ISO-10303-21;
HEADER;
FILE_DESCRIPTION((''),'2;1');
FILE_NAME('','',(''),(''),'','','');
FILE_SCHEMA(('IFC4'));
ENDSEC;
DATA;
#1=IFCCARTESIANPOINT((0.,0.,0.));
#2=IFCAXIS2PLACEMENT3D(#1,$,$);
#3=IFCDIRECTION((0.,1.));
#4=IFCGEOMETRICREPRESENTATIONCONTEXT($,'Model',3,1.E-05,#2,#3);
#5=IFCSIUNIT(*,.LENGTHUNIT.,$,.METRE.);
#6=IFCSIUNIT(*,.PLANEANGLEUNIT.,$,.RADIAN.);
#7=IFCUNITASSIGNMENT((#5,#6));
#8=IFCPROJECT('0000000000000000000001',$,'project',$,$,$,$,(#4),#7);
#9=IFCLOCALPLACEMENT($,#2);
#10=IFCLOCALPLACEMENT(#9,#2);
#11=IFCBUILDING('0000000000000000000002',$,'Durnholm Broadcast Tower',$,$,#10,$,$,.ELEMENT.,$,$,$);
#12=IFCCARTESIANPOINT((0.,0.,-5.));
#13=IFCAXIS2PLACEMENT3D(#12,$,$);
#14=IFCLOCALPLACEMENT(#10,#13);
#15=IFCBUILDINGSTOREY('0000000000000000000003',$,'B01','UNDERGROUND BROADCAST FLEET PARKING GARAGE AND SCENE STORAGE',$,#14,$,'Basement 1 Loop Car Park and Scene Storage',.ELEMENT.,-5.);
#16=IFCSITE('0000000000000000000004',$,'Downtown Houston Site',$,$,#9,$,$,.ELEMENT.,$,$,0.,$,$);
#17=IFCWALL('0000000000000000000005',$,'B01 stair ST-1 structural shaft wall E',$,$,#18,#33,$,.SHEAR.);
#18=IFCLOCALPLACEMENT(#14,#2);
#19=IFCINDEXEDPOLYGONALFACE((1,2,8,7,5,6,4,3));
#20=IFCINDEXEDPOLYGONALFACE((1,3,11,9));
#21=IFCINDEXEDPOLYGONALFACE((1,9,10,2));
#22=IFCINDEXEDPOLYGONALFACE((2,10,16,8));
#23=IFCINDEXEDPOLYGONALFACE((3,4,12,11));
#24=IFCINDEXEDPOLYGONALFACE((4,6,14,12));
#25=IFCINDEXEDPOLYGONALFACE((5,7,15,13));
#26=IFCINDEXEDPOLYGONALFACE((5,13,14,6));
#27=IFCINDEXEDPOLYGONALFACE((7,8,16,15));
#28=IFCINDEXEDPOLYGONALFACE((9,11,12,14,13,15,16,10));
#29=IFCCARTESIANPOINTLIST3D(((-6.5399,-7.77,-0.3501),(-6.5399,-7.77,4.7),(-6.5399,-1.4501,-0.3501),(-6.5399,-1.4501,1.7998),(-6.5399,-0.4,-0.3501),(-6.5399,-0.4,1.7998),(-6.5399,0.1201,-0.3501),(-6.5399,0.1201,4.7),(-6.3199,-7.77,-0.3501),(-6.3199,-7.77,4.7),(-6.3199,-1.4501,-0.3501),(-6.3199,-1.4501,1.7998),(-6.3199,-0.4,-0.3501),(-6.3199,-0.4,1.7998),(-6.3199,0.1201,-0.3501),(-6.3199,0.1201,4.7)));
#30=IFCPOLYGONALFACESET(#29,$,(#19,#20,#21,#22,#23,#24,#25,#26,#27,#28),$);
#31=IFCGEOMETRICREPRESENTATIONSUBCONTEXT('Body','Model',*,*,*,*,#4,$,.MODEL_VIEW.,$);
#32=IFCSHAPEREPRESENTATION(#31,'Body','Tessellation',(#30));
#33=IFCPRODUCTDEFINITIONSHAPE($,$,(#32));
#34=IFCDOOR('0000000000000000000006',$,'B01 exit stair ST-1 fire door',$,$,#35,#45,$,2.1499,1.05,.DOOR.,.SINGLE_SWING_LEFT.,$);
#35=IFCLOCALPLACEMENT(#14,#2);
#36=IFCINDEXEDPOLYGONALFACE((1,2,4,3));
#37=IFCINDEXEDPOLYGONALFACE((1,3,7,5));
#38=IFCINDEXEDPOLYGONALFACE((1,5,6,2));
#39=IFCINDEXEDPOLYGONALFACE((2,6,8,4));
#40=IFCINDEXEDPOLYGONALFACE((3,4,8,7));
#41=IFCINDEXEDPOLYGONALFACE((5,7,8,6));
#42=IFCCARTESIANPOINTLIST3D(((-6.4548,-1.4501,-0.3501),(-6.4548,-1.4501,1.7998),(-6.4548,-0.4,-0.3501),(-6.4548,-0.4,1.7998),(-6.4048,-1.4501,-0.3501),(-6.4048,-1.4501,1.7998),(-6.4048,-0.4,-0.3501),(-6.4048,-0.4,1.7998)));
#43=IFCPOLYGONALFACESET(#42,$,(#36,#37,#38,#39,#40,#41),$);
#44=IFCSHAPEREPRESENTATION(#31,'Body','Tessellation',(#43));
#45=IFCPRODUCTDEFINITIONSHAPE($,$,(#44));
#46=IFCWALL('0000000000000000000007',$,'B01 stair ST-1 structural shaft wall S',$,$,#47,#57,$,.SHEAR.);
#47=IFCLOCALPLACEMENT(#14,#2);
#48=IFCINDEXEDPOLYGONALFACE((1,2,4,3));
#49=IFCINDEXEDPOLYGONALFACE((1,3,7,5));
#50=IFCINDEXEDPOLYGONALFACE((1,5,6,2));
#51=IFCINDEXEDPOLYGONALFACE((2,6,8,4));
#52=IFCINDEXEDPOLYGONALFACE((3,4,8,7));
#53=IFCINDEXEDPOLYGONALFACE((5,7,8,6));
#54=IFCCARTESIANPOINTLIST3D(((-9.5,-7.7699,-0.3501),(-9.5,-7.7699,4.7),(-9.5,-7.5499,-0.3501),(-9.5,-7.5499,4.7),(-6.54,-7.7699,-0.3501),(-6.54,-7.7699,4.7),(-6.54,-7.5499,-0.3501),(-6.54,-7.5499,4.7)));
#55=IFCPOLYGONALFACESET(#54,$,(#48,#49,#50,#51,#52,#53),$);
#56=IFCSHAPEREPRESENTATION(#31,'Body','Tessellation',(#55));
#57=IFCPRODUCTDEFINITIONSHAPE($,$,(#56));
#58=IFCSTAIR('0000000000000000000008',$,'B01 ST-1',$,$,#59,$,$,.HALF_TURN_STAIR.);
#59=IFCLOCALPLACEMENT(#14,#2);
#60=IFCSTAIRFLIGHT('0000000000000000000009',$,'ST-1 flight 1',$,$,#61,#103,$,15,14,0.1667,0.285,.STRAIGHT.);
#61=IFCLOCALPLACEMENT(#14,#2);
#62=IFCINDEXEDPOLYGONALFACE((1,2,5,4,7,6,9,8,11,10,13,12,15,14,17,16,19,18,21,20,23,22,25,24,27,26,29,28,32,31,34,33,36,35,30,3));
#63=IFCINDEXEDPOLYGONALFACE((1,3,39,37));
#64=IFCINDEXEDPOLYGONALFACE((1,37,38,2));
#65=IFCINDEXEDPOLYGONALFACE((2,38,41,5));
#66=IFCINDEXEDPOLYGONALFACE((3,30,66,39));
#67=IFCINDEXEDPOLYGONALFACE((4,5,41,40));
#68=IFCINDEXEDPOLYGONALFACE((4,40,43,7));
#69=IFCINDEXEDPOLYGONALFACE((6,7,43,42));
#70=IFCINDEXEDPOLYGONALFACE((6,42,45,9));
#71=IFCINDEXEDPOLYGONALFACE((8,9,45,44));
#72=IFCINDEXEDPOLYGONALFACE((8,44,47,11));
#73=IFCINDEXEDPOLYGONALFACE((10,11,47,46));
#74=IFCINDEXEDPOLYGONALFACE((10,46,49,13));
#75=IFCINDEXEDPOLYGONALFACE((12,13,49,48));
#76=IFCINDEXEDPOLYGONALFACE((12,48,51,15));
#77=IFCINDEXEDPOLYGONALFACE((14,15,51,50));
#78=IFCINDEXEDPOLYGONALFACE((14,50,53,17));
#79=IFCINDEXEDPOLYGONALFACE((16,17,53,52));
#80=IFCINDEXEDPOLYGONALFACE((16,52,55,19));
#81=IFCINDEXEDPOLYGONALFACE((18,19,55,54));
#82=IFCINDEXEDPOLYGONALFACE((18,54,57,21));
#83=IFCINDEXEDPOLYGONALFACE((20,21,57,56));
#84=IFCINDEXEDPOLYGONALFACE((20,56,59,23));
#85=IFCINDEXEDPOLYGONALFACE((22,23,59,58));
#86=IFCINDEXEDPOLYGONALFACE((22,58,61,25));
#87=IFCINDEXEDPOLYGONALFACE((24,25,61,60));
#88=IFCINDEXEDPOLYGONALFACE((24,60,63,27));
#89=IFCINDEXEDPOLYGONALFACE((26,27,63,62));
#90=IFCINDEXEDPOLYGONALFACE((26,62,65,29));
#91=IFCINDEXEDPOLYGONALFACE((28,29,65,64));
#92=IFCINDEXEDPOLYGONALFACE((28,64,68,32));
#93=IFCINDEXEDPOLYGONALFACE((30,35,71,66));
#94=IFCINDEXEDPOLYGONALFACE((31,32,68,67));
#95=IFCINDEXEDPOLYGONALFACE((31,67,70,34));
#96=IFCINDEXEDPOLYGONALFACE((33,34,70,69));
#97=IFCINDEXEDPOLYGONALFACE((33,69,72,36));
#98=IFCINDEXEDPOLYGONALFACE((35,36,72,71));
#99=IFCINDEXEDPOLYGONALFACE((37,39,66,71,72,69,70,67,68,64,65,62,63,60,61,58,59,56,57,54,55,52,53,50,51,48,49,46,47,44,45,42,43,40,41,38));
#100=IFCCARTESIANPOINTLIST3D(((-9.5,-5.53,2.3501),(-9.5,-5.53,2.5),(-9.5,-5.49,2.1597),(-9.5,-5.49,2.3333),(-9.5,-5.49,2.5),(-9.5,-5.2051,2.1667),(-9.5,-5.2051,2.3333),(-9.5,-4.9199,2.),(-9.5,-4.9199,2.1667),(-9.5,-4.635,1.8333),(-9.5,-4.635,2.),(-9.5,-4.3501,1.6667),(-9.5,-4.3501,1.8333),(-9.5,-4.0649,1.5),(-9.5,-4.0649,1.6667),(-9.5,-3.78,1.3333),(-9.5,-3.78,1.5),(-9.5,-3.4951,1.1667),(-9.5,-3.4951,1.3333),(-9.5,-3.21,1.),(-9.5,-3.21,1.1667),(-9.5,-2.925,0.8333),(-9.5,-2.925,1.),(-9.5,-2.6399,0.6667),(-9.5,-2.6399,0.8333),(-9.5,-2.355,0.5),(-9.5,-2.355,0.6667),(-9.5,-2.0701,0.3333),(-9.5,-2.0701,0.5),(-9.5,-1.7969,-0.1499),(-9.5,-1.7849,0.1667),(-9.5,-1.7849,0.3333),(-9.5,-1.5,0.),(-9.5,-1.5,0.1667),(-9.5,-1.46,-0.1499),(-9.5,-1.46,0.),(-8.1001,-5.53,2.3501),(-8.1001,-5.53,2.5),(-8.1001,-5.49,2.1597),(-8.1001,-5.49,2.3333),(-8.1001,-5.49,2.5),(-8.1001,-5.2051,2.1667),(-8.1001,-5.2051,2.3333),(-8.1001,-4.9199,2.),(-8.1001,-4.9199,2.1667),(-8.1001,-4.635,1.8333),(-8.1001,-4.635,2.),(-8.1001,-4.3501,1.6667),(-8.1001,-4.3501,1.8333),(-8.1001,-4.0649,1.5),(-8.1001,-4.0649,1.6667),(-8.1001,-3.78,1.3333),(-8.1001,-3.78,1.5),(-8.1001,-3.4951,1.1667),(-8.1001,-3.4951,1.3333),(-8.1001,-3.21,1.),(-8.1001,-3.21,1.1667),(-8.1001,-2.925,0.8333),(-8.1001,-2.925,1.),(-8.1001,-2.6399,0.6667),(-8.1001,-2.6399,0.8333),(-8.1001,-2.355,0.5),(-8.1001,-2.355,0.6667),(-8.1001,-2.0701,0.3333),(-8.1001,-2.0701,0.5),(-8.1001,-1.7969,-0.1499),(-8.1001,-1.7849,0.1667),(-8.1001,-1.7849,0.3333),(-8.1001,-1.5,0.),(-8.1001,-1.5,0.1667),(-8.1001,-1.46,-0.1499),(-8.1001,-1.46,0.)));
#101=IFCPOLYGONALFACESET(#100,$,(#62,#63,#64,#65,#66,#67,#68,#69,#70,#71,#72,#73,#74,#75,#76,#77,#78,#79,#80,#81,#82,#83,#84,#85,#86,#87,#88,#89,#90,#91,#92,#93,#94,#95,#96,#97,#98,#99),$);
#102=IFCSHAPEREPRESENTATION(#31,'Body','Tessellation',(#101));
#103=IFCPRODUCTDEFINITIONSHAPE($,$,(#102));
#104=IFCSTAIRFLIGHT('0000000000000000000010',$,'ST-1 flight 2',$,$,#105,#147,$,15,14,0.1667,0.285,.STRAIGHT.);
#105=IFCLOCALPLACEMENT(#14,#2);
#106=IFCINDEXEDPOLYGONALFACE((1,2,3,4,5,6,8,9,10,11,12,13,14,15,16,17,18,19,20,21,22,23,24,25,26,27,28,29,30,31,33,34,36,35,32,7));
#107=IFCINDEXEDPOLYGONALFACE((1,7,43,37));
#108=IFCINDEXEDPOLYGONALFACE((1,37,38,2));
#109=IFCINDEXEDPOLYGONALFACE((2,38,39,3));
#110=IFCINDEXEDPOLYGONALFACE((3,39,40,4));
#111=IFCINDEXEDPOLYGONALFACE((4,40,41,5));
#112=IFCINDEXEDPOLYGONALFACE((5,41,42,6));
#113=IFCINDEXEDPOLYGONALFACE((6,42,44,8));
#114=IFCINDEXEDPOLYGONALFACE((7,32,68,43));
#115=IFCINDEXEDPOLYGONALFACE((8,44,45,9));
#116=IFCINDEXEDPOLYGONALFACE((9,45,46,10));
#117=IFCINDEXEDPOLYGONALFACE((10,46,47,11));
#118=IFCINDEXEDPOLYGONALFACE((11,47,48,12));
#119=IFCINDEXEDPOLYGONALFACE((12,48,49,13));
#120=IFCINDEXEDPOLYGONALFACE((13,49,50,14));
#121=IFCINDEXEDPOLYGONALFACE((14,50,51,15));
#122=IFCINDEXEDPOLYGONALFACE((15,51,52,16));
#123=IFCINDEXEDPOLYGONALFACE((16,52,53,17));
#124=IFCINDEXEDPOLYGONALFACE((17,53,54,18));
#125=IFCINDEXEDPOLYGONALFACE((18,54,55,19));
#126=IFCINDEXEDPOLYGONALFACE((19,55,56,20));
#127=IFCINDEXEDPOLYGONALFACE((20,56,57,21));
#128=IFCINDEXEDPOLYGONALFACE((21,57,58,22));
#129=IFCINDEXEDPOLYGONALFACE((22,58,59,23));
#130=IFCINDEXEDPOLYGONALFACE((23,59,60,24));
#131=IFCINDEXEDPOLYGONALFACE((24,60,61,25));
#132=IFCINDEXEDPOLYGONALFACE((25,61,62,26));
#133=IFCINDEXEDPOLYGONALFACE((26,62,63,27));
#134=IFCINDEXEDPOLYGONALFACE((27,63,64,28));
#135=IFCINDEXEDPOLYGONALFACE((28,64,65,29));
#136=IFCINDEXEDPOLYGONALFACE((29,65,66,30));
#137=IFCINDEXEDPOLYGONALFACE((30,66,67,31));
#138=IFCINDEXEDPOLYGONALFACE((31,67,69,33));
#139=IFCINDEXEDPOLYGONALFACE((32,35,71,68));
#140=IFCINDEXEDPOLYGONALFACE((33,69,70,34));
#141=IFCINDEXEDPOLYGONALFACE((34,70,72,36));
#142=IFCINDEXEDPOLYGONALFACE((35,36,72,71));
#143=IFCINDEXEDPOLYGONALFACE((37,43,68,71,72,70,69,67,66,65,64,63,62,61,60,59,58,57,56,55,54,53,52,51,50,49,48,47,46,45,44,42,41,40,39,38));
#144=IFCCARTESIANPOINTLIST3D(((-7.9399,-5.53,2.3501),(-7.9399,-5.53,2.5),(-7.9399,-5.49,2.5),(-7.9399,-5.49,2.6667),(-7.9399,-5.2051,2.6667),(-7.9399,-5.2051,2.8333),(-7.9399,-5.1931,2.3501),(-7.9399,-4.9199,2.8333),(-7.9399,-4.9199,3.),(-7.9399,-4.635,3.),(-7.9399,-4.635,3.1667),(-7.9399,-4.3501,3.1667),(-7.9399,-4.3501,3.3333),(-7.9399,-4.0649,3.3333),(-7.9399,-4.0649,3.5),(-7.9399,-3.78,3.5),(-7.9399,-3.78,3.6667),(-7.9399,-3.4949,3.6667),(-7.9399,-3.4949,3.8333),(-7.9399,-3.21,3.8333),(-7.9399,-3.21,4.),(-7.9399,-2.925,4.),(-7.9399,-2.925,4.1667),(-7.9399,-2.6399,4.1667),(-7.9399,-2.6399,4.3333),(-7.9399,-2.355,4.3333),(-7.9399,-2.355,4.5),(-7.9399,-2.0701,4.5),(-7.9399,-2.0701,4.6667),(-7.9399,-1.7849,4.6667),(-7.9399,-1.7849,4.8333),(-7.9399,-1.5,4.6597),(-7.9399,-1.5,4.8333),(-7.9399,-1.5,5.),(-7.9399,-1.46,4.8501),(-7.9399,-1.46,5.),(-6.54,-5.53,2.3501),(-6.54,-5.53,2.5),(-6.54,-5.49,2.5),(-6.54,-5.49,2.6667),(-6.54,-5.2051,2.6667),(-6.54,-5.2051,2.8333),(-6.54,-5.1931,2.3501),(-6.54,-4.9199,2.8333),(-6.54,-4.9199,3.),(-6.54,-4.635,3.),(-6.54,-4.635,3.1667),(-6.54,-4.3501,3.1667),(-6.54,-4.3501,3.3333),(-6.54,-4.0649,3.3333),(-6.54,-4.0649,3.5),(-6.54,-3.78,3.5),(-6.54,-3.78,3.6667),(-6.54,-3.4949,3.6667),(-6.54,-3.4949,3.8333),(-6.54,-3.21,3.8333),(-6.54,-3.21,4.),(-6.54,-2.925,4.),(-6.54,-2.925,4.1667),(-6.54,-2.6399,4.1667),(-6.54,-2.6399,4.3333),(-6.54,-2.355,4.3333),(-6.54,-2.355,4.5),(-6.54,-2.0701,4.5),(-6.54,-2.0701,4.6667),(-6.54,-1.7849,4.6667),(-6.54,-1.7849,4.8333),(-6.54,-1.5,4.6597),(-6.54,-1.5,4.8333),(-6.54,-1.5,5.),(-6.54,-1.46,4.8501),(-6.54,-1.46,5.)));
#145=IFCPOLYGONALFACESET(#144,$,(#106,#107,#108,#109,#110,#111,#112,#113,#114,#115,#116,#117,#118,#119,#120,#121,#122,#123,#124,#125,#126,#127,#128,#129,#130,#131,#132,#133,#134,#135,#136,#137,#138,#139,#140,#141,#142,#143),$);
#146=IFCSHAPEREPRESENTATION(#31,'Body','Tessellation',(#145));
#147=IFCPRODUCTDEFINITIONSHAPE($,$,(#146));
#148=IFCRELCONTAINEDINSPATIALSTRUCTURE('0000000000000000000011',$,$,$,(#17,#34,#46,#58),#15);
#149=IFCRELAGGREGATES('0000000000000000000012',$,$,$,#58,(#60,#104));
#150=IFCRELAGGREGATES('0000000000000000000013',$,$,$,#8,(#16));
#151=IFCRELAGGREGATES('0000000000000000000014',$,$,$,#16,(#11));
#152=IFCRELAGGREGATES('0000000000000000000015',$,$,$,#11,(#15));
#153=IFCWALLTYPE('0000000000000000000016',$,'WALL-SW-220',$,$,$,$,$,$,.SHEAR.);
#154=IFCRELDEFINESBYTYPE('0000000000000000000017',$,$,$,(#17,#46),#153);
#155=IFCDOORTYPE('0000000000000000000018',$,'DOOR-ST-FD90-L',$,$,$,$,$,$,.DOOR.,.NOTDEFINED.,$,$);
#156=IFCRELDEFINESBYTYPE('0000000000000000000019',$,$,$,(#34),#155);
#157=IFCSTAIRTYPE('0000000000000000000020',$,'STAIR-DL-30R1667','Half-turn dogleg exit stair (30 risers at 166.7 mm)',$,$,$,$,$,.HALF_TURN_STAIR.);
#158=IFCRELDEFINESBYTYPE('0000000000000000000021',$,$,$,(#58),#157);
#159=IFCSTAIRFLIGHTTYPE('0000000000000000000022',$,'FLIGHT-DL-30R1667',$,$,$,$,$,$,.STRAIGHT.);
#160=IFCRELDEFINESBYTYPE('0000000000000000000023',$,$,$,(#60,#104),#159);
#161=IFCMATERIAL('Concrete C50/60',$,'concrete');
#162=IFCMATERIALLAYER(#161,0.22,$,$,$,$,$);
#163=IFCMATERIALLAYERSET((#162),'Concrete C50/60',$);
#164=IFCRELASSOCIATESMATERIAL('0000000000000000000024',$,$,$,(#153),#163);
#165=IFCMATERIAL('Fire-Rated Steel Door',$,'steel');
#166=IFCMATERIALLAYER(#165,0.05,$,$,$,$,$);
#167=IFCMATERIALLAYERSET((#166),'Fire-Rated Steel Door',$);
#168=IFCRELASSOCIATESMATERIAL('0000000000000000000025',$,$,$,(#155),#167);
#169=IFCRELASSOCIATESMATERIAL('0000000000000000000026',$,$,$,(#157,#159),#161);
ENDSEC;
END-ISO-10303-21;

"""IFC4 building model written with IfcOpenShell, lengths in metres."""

from ifc_helpers import new_model, si_unit, direction, frame, frame_2d, origin, place, context, subcontext, project, spatial, polyline, rectangle, outline, extrude, source, transform, mapped, material, layer, layer_set, type_object, type_shapes, element, fill, aggregate, save


model = new_model("IFC4")

# Units and contexts
model_context = context("Model", 3, precision=1e-05, world=origin(), true_north=direction((0.0, 1.0)))
body_context = subcontext(model_context, "Body", "Model", "MODEL_VIEW")
ifc_project = project(units=[si_unit("LENGTHUNIT", "METRE"), si_unit("PLANEANGLEUNIT", "RADIAN")], contexts=[model_context])

# Site, building, storey
site_placement = place(None, origin())
site = spatial("IfcSite", under=ifc_project, at=site_placement, Name="Downtown Houston Site", CompositionType="ELEMENT", RefElevation=0.0)
building_placement = place(site_placement, origin())
building = spatial("IfcBuilding", under=site, at=building_placement, Name="Durnholm Broadcast Tower", CompositionType="ELEMENT")
storey_placement = place(building_placement, frame((0.0, 0.0, -5.0)))
storey = spatial("IfcBuildingStorey", under=building, at=storey_placement, Name="B01", Description="UNDERGROUND BROADCAST FLEET PARKING GARAGE AND SCENE STORAGE", LongName="Basement 1 Loop Car Park and Scene Storage", CompositionType="ELEMENT", Elevation=-5.0)

# Wall, opening, door
ifc_material_1 = material(Name="Concrete C50/60", Category="concrete")
ifc_layer_1 = layer(ifc_material_1, 0.22)
ifc_layer_set_1 = layer_set([ifc_layer_1], Name="Concrete C50/60")
wall_type_1 = type_object("IfcWallType", Name="WALL-SW-220", PredefinedType="SHEAR", material=ifc_layer_set_1)
wall_1_placement = place(storey_placement, frame((-6.4299, -7.77, -0.3501), z_axis=(0.0, 0.0, 1.0), x_axis=(0.0, 1.0, 0.0)))
wall_1 = element("IfcWall", 1, at=wall_1_placement, inside=storey, type_object=wall_type_1, Name="B01 stair ST-1 structural shaft wall E", PredefinedType="SHEAR", context=body_context, shape_type="SweptSolid", body=[
    extrude(rectangle(XDim=7.8901, YDim=0.22, at=frame_2d((3.9451, 0.0))), origin(), (0.0, 0.0, 1.0), 5.05),
])
opening_placement = place(wall_1_placement, frame((6.3201, 0.0, 0.0)))
opening = element("IfcOpeningElement", 2, at=opening_placement, cuts=wall_1, PredefinedType="OPENING", context=body_context, shape_type="SweptSolid", body=[
    extrude(rectangle(XDim=1.05, YDim=2.1499, at=frame_2d((0.5249, 1.075))), frame((0.0, 0.1201, 0.0), z_axis=(0.0, -1.0, 0.0), x_axis=(1.0, 0.0, 0.0)), (0.0, 0.0, 1.0), 0.24),
])
ifc_material_2 = material(Name="Fire-Rated Steel Door", Category="steel")
ifc_layer_2 = layer(ifc_material_2, 0.05)
ifc_layer_set_2 = layer_set([ifc_layer_2], Name="Fire-Rated Steel Door")
door_type = type_object("IfcDoorType", Name="DOOR-ST-FD90-L", OperationType="NOTDEFINED", PredefinedType="DOOR", material=ifc_layer_set_2)
shared_shape_1 = source(origin(), body_context, "Body", "SweptSolid", [
    extrude(rectangle(XDim=1.05, YDim=2.1499, at=frame_2d((0.5249, 1.075))), frame((0.0, 0.0249, 0.0), z_axis=(0.0, -1.0, 0.0), x_axis=(1.0, 0.0, 0.0)), (0.0, 0.0, 1.0), 0.05),
])
type_shapes(door_type, [shared_shape_1])
door_placement = place(opening_placement, origin())
door = element("IfcDoor", 3, at=door_placement, inside=storey, type_object=door_type, Name="B01 exit stair ST-1 fire door", OperationType="SINGLE_SWING_LEFT", OverallHeight=2.1499, OverallWidth=1.05, PredefinedType="DOOR", context=body_context, shape_type="MappedRepresentation", body=[
    mapped(shared_shape_1, transform((0.0, 0.0, 0.0), x_axis=(1.0, 0.0, 0.0), y_axis=(0.0, 1.0, 0.0), z_axis=(0.0, 0.0, 1.0), scale=1.0)),
])
fill(opening, door)

# Wall
wall_2_placement = place(storey_placement, frame((-9.5, -7.6599, -0.3501), z_axis=(0.0, 0.0, 1.0), x_axis=(1.0, 0.0, 0.0)))
element("IfcWall", 4, at=wall_2_placement, inside=storey, type_object=wall_type_1, Name="B01 stair ST-1 structural shaft wall S", PredefinedType="SHEAR", context=body_context, shape_type="SweptSolid", body=[
    extrude(rectangle(XDim=2.96, YDim=0.22, at=frame_2d((1.48, 0.0))), origin(), (0.0, 0.0, 1.0), 5.05),
])

# Stair, stair flights
stair_type = type_object("IfcStairType", Name="STAIR-DL-30R1667", Description="Half-turn dogleg exit stair (30 risers at 166.7 mm)", PredefinedType="HALF_TURN_STAIR", material=ifc_material_1)
stair_placement = place(storey_placement, origin())
stair = element("IfcStair", 5, at=stair_placement, inside=storey, type_object=stair_type, Name="B01 ST-1", PredefinedType="HALF_TURN_STAIR")
stair_flight_type = type_object("IfcStairFlightType", Name="FLIGHT-DL-30R1667", PredefinedType="STRAIGHT", material=ifc_material_1)
stair_flight_1_placement = place(storey_placement, frame((-8.8, -1.5, 0.0), z_axis=(0.0, 0.0, 1.0), x_axis=(0.0, -1.0, 0.0)))
stair_flight_1 = element("IfcStairFlight", 6, at=stair_flight_1_placement, type_object=stair_flight_type, Name="ST-1 flight 1", NumberOfRisers=15, NumberOfTreads=14, PredefinedType="STRAIGHT", RiserHeight=0.1667, TreadLength=0.285, context=body_context, shape_type="SweptSolid", body=[
    extrude(outline(polyline([(-0.04, -0.1499), (-0.04, 0.0), (0.0, 0.0), (0.0, 0.1667), (0.2849, 0.1667), (0.2849, 0.3333), (0.5701, 0.3333), (0.5701, 0.5), (0.855, 0.5), (0.855, 0.6667), (1.1399, 0.6667), (1.1399, 0.8333), (1.425, 0.8333), (1.425, 1.0), (1.71, 1.0), (1.71, 1.1667), (1.9951, 1.1667), (1.9951, 1.3333), (2.28, 1.3333), (2.28, 1.5), (2.5649, 1.5), (2.5649, 1.6667), (2.8501, 1.6667), (2.8501, 1.8333), (3.135, 1.8333), (3.135, 2.0), (3.4199, 2.0), (3.4199, 2.1667), (3.7051, 2.1667), (3.7051, 2.3333), (3.99, 2.3333), (3.99, 2.5), (4.03, 2.5), (4.03, 2.3501), (3.99, 2.1597), (0.2969, -0.1499), (-0.04, -0.1499)])), frame((0.0, 0.7, 0.0), z_axis=(0.0, -1.0, 0.0), x_axis=(1.0, 0.0, 0.0)), (0.0, 0.0, 1.0), 1.3999),
])
stair_flight_2_placement = place(storey_placement, frame((-7.24, -5.49, 2.5), z_axis=(0.0, 0.0, 1.0), x_axis=(0.0, 1.0, 0.0)))
stair_flight_2 = element("IfcStairFlight", 7, at=stair_flight_2_placement, type_object=stair_flight_type, Name="ST-1 flight 2", NumberOfRisers=15, NumberOfTreads=14, PredefinedType="STRAIGHT", RiserHeight=0.1667, TreadLength=0.285, context=body_context, shape_type="SweptSolid", body=[
    extrude(outline(polyline([(-0.04, -0.1499), (-0.04, 0.0), (0.0, 0.0), (0.0, 0.1667), (0.2849, 0.1667), (0.2849, 0.3333), (0.5701, 0.3333), (0.5701, 0.5), (0.855, 0.5), (0.855, 0.6667), (1.1399, 0.6667), (1.1399, 0.8333), (1.425, 0.8333), (1.425, 1.0), (1.71, 1.0), (1.71, 1.1667), (1.9951, 1.1667), (1.9951, 1.3333), (2.28, 1.3333), (2.28, 1.5), (2.5649, 1.5), (2.5649, 1.6667), (2.8501, 1.6667), (2.8501, 1.8333), (3.135, 1.8333), (3.135, 2.0), (3.4199, 2.0), (3.4199, 2.1667), (3.7051, 2.1667), (3.7051, 2.3333), (3.99, 2.3333), (3.99, 2.5), (4.03, 2.5), (4.03, 2.3501), (3.99, 2.1597), (0.2969, -0.1499), (-0.04, -0.1499)])), frame((0.0, 0.7, 0.0), z_axis=(0.0, -1.0, 0.0), x_axis=(1.0, 0.0, 0.0)), (0.0, 0.0, 1.0), 1.3999),
])
aggregate(stair, [stair_flight_1, stair_flight_2])

save(model, "model.ifc")
